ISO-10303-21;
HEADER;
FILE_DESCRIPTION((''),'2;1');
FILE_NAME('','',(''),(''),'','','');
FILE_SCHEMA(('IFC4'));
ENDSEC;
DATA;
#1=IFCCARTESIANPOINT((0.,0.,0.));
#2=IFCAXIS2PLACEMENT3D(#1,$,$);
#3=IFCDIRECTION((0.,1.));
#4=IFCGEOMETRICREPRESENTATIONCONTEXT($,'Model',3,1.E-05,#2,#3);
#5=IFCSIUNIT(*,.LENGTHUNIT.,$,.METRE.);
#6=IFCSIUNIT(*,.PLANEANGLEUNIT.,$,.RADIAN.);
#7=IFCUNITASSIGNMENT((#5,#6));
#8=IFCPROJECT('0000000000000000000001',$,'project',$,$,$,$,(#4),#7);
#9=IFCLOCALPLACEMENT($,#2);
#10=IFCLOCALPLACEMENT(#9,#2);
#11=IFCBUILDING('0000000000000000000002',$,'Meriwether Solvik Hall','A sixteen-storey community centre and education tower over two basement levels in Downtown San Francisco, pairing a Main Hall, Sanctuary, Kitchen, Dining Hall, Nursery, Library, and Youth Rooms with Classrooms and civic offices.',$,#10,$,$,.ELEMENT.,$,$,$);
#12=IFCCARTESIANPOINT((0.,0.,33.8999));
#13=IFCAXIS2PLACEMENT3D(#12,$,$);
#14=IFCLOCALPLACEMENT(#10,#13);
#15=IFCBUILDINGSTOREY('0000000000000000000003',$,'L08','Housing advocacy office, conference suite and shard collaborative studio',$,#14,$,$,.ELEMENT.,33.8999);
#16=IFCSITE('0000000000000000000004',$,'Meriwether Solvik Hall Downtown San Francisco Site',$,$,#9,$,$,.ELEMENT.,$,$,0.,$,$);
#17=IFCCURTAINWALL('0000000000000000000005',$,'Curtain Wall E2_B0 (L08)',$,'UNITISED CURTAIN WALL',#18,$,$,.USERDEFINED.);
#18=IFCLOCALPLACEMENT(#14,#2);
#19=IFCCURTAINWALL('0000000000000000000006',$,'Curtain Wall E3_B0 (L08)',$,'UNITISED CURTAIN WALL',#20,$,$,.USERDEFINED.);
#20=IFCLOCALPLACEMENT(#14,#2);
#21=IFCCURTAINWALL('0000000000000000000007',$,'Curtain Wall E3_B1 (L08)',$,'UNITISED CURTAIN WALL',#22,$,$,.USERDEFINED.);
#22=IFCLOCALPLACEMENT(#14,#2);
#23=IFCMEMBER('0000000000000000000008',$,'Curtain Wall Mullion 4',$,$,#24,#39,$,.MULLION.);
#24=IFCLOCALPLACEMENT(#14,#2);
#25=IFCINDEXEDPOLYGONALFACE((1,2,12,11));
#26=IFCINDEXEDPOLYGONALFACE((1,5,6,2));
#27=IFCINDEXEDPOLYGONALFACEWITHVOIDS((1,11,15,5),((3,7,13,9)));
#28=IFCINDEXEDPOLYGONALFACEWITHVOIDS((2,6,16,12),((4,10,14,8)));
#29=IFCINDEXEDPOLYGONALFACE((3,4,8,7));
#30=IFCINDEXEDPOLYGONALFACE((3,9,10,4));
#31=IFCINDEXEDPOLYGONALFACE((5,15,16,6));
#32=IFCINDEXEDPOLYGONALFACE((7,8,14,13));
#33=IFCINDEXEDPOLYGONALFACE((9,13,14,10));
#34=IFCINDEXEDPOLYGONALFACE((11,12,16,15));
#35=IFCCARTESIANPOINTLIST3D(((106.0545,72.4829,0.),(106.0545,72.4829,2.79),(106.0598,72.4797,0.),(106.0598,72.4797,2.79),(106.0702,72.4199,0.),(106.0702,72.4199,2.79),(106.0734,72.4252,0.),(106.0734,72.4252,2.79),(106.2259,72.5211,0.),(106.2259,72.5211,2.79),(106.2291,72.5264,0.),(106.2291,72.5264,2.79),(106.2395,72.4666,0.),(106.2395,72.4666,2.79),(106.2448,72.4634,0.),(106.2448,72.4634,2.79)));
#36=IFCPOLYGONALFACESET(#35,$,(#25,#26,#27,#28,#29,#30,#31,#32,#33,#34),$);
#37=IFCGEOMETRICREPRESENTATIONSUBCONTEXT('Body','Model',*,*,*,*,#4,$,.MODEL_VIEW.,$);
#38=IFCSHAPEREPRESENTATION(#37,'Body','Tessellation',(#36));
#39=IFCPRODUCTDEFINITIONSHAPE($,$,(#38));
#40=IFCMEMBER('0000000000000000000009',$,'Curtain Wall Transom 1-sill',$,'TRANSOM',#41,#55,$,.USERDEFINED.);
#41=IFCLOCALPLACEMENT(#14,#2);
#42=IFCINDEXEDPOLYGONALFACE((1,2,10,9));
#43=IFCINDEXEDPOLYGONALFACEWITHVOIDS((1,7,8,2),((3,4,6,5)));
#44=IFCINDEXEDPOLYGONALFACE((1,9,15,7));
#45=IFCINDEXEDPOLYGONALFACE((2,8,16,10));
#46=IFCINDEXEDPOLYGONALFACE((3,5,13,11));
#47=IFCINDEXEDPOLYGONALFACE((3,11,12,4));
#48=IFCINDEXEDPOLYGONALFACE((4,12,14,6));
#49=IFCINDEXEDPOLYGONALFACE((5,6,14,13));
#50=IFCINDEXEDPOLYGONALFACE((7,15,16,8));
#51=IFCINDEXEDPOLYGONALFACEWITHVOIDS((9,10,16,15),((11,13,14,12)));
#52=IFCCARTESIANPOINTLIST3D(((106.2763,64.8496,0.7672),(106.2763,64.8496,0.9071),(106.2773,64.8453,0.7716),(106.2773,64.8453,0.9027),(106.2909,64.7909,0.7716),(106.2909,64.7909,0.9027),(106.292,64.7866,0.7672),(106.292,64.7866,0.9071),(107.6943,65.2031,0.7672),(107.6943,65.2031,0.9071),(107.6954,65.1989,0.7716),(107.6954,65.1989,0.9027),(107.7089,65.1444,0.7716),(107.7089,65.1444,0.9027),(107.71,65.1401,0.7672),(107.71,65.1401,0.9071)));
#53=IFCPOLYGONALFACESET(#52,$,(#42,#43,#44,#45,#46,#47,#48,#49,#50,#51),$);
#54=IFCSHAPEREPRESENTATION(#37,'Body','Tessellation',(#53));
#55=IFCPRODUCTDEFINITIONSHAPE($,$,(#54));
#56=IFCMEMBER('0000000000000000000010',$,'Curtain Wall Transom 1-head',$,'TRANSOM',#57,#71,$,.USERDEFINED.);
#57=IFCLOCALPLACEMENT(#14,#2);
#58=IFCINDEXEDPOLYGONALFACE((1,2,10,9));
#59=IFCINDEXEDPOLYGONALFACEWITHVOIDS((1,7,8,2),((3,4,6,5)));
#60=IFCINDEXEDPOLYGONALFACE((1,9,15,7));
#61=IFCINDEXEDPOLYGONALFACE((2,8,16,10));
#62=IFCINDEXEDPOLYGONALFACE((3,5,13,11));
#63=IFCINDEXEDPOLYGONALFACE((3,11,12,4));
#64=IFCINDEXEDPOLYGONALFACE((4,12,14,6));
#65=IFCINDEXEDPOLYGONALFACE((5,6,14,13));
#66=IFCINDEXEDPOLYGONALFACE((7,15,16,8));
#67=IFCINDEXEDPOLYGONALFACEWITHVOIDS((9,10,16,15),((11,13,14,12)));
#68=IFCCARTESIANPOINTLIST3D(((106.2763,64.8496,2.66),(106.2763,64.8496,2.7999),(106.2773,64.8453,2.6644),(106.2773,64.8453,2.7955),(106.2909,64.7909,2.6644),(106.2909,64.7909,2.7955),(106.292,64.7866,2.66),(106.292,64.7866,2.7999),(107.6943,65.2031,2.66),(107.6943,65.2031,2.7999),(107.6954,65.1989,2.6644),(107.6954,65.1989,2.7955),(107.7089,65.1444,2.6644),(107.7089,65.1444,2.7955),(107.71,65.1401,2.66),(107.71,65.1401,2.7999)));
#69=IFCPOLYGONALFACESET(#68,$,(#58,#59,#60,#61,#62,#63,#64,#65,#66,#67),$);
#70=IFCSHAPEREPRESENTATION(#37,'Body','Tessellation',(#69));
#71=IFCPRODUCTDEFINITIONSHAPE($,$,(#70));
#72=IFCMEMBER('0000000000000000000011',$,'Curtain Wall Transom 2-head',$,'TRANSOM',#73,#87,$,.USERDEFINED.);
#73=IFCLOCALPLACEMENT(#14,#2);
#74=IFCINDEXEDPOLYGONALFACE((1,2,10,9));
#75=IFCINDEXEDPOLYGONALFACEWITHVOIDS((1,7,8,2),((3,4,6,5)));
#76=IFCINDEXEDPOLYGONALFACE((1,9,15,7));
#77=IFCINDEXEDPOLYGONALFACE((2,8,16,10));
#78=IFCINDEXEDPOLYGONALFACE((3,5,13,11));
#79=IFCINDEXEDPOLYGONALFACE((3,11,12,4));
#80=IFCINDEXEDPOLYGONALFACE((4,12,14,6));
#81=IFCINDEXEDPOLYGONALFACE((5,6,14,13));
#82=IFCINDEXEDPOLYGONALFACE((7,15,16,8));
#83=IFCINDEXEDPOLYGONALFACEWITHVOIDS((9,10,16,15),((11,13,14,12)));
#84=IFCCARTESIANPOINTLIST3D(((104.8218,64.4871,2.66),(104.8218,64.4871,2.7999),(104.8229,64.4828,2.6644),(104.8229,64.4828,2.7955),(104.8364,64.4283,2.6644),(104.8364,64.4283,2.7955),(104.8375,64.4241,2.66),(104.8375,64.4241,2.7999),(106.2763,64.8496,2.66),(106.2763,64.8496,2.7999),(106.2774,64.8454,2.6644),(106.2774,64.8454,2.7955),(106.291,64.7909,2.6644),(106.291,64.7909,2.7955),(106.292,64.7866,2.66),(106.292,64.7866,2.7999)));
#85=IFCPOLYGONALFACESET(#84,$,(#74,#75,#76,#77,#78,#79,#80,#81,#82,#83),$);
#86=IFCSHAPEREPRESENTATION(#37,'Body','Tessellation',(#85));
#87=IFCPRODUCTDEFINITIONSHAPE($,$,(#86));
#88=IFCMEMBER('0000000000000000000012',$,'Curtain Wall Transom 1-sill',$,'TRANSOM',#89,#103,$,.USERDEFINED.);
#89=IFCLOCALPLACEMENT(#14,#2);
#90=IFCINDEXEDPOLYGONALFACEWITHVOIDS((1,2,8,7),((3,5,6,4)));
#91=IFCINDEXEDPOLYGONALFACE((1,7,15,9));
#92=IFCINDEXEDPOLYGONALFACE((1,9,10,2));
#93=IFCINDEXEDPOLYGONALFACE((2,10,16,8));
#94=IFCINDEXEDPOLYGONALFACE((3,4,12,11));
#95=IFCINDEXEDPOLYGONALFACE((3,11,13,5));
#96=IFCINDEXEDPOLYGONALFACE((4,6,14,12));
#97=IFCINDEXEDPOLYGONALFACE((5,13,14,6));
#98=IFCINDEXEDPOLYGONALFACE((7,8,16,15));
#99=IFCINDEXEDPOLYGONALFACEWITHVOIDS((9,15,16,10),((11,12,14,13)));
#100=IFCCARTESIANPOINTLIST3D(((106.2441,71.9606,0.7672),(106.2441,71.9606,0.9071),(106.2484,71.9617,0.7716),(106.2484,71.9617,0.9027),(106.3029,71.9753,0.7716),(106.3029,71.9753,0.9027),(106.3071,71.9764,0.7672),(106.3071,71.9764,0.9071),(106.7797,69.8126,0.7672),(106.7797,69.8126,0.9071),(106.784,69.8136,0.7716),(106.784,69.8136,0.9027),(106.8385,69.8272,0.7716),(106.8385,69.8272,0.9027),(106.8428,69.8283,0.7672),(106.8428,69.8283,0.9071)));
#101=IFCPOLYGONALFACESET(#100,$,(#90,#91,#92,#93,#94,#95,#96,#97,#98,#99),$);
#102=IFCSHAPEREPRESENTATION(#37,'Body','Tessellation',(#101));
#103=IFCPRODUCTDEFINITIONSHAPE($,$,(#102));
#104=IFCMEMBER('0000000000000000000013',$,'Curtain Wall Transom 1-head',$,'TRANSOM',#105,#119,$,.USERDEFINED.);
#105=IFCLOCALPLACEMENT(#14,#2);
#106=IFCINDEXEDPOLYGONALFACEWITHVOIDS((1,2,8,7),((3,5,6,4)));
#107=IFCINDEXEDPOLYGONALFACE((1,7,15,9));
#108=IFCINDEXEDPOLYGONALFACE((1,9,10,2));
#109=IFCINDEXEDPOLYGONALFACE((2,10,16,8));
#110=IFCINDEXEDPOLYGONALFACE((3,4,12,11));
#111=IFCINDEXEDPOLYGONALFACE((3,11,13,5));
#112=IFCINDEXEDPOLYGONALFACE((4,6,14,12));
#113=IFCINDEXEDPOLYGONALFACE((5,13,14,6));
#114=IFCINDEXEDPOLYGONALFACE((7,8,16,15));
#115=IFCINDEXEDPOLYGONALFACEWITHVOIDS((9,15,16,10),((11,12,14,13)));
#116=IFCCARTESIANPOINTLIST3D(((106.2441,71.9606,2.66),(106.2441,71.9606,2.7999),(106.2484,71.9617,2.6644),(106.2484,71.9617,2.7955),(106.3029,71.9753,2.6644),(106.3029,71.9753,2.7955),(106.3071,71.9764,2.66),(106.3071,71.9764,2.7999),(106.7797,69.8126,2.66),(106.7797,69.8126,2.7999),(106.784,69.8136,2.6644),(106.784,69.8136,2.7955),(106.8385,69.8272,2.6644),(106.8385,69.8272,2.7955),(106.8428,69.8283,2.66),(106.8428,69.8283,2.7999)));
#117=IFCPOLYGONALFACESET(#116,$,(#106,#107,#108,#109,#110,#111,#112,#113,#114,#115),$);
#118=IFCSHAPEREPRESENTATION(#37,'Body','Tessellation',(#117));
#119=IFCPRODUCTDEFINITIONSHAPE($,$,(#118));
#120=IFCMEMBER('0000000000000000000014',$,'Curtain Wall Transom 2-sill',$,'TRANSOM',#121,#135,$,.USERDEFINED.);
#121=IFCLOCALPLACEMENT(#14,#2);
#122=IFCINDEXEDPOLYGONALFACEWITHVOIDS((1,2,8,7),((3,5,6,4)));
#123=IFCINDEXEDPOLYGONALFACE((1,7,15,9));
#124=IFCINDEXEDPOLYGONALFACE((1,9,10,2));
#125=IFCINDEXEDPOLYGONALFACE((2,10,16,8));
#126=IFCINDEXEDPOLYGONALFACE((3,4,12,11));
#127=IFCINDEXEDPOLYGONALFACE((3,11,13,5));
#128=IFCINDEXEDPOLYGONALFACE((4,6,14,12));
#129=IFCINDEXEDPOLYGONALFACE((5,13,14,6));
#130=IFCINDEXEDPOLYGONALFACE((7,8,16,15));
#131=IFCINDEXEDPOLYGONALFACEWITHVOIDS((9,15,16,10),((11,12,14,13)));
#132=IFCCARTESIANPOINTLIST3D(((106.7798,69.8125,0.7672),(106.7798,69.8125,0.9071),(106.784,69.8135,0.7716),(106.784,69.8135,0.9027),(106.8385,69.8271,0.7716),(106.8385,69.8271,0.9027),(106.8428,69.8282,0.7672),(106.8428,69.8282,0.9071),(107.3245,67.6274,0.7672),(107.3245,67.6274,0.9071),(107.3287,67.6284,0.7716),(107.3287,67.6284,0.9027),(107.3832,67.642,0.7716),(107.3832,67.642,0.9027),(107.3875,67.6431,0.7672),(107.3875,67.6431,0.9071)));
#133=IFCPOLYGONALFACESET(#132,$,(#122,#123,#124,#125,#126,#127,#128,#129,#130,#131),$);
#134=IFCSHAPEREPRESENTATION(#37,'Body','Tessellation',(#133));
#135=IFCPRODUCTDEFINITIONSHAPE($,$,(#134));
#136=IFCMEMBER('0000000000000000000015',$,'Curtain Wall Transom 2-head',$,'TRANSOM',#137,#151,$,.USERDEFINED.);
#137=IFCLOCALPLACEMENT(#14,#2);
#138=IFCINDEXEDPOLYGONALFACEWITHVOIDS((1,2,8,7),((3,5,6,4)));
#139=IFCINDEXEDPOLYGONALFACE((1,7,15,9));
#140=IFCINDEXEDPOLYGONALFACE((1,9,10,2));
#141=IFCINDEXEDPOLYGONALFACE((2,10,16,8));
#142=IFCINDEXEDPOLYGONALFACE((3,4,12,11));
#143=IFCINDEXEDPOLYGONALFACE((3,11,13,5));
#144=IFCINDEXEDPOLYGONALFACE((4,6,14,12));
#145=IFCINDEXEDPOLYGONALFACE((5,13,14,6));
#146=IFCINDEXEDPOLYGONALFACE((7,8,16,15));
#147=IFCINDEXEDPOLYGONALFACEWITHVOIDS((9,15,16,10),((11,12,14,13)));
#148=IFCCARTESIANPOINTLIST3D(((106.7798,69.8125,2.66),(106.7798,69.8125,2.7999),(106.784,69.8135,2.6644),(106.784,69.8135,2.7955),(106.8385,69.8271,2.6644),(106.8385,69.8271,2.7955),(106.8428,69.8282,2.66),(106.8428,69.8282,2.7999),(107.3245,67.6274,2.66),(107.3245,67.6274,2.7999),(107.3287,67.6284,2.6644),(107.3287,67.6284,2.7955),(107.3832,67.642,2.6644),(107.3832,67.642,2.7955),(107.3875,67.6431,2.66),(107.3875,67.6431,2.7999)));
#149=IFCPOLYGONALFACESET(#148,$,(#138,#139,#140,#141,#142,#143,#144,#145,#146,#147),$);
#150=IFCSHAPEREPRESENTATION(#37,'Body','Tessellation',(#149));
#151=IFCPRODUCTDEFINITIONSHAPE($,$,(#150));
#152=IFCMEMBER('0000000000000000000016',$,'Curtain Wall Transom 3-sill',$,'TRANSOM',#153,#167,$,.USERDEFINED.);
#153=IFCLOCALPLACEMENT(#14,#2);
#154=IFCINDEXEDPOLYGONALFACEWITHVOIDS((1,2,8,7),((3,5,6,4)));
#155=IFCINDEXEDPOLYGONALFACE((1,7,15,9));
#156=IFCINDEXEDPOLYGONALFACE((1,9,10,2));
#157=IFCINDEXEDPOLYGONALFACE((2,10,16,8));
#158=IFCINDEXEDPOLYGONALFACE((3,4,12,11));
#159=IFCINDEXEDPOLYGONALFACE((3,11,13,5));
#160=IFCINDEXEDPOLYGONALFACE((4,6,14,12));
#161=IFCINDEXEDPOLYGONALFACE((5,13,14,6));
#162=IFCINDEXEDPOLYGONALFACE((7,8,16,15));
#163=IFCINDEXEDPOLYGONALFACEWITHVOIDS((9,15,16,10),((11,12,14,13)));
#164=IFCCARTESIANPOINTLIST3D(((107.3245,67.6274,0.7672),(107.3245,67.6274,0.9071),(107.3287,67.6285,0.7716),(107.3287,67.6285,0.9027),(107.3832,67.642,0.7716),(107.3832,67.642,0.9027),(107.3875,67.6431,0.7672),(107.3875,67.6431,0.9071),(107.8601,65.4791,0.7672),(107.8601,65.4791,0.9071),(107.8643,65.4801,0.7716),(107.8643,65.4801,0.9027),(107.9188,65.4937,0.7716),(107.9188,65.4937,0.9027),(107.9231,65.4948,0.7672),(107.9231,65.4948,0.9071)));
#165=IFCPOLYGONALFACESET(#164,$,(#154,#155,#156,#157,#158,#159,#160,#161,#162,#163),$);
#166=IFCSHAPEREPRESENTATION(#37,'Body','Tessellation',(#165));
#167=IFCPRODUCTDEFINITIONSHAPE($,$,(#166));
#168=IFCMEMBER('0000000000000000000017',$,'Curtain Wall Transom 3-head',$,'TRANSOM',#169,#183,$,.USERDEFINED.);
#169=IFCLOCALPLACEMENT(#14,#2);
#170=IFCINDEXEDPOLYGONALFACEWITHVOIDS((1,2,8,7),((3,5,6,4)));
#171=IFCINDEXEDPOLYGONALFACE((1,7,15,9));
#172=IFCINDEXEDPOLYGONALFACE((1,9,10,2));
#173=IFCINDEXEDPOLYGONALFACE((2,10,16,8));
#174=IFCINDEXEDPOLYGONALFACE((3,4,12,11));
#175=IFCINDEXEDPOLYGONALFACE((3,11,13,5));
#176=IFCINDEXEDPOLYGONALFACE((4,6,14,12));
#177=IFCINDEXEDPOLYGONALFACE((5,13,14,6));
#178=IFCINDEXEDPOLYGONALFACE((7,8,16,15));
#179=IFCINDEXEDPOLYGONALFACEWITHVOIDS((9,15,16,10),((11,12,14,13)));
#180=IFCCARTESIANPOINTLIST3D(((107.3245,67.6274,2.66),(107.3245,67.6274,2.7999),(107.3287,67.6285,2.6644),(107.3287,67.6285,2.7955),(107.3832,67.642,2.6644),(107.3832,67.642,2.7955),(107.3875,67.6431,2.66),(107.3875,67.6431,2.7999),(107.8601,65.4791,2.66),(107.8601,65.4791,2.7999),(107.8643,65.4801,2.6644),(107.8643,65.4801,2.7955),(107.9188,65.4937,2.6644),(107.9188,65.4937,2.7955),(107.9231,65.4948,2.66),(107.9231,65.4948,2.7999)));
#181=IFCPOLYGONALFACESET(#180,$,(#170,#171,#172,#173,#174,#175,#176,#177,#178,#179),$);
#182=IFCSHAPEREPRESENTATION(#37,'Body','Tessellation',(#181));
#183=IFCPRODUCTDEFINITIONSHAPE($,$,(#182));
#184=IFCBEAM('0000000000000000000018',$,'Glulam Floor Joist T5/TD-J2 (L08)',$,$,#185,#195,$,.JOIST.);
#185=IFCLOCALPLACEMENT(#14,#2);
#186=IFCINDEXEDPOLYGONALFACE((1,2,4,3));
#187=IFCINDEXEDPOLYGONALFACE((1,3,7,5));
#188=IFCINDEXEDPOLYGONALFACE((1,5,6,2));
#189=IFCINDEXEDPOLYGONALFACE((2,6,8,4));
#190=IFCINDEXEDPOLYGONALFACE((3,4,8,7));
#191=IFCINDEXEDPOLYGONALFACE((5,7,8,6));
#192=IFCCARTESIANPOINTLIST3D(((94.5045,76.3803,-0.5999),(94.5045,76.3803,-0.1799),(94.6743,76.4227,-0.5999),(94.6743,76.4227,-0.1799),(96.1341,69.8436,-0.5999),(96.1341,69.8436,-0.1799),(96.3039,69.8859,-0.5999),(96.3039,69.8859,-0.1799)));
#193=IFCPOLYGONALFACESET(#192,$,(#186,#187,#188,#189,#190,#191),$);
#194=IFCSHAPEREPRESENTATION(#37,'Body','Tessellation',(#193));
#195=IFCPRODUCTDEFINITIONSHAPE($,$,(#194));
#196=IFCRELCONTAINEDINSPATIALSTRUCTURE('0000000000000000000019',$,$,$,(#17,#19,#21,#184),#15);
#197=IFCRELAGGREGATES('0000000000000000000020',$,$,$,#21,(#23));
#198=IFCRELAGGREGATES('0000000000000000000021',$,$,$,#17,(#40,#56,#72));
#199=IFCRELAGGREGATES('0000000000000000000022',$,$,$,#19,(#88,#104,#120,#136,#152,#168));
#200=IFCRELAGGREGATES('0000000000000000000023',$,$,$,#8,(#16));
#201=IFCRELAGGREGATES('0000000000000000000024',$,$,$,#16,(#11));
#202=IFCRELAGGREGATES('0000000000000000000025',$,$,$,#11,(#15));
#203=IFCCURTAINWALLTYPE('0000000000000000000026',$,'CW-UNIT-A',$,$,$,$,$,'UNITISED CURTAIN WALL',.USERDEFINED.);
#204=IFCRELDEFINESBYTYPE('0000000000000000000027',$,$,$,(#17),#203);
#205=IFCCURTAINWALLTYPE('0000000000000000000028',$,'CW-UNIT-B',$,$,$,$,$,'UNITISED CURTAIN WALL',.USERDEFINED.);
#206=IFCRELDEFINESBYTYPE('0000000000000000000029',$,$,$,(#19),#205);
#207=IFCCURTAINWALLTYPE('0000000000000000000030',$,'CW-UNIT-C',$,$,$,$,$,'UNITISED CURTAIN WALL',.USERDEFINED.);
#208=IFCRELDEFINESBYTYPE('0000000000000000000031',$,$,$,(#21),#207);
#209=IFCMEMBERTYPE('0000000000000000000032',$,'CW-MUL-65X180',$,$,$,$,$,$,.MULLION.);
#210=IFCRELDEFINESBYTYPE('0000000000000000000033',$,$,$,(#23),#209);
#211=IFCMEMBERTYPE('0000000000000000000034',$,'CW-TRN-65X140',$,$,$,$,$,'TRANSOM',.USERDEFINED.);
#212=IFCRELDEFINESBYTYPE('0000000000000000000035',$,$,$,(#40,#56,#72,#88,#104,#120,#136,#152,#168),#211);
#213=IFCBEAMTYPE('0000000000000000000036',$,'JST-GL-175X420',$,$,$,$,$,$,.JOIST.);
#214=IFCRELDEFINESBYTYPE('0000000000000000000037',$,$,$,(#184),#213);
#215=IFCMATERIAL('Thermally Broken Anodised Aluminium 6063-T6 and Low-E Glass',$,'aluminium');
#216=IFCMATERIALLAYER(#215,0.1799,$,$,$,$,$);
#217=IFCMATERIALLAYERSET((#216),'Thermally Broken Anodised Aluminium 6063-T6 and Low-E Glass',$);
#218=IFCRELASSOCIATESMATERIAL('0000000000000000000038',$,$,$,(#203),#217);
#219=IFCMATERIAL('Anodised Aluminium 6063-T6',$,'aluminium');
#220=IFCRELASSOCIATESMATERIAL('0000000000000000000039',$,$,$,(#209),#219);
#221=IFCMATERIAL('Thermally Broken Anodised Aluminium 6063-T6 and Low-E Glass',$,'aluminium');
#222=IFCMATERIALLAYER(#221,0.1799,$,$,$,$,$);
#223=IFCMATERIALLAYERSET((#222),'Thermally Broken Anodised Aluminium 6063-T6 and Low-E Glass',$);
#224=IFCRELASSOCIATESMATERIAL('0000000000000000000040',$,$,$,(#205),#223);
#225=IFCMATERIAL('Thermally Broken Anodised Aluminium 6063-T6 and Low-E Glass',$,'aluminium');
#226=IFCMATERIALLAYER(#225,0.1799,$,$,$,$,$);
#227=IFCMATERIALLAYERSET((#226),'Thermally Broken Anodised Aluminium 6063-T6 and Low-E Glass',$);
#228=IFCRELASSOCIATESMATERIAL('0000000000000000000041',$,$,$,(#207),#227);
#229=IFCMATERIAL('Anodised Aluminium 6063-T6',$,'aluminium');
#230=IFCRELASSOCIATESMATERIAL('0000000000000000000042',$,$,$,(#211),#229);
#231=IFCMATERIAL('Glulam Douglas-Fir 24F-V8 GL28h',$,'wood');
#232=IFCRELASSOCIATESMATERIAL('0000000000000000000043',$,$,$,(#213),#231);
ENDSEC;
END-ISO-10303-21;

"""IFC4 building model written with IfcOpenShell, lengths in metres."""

from ifc_helpers import new_model, si_unit, direction, frame, origin, origin_2d, place, context, subcontext, project, spatial, rectangle, hollow_rectangle, extrude, material, layer, layer_set, material_profile, profile_set, type_object, element, aggregate, save


model = new_model("IFC4")

# Units and contexts
model_context = context("Model", 3, precision=1e-05, world=origin(), true_north=direction((0.0, 1.0)))
body_context = subcontext(model_context, "Body", "Model", "MODEL_VIEW")
ifc_project = project(units=[si_unit("LENGTHUNIT", "METRE"), si_unit("PLANEANGLEUNIT", "RADIAN")], contexts=[model_context])

# Site, building, storey
site_placement = place(None, origin())
site = spatial("IfcSite", under=ifc_project, at=site_placement, Name="Meriwether Solvik Hall Downtown San Francisco Site", CompositionType="ELEMENT", RefElevation=0.0)
building_placement = place(site_placement, origin())
building = spatial("IfcBuilding", under=site, at=building_placement, Name="Meriwether Solvik Hall", Description="A sixteen-storey community centre and education tower over two basement levels in Downtown San Francisco, pairing a Main Hall, Sanctuary, Kitchen, Dining Hall, Nursery, Library, and Youth Rooms with Classrooms and civic offices.", CompositionType="ELEMENT")
storey_placement = place(building_placement, frame((0.0, 0.0, 33.8999)))
storey = spatial("IfcBuildingStorey", under=building, at=storey_placement, Name="L08", Description="Housing advocacy office, conference suite and shard collaborative studio", CompositionType="ELEMENT", Elevation=33.8999)

# Curtain wall
ifc_material_1 = material(Name="Thermally Broken Anodised Aluminium 6063-T6 and Low-E Glass", Category="aluminium")
ifc_layer_1 = layer(ifc_material_1, 0.1799)
ifc_layer_set_1 = layer_set([ifc_layer_1], Name="Thermally Broken Anodised Aluminium 6063-T6 and Low-E Glass")
curtain_wall_type_1 = type_object("IfcCurtainWallType", Name="CW-UNIT-A", ElementType="UNITISED CURTAIN WALL", PredefinedType="USERDEFINED", material=ifc_layer_set_1)
curtain_wall_1_placement = place(storey_placement, origin())
curtain_wall_1 = element("IfcCurtainWall", 1, at=curtain_wall_1_placement, inside=storey, type_object=curtain_wall_type_1, Name="Curtain Wall E2_B0 (L08)", ObjectType="UNITISED CURTAIN WALL", PredefinedType="USERDEFINED")
ifc_material_2 = material(Name="Anodised Aluminium 6063-T6", Category="aluminium")
ifc_material_profile_1 = material_profile(ifc_material_2, hollow_rectangle(XDim=0.0649, YDim=0.1799, WallThickness=0.0044, at=origin_2d()), Name="CWM-65X180")
ifc_profile_set_1 = profile_set([ifc_material_profile_1], Name="Anodised Aluminium 6063-T6")
member_type_1 = type_object("IfcMemberType", Name="CW-MUL-65X180", PredefinedType="MULLION", material=ifc_profile_set_1)

# Curtain wall
ifc_material_3 = material(Name="Thermally Broken Anodised Aluminium 6063-T6 and Low-E Glass", Category="aluminium")
ifc_layer_2 = layer(ifc_material_3, 0.1799)
ifc_layer_set_2 = layer_set([ifc_layer_2], Name="Thermally Broken Anodised Aluminium 6063-T6 and Low-E Glass")
curtain_wall_type_2 = type_object("IfcCurtainWallType", Name="CW-UNIT-B", ElementType="UNITISED CURTAIN WALL", PredefinedType="USERDEFINED", material=ifc_layer_set_2)
curtain_wall_2_placement = place(storey_placement, origin())
curtain_wall_2 = element("IfcCurtainWall", 2, at=curtain_wall_2_placement, inside=storey, type_object=curtain_wall_type_2, Name="Curtain Wall E3_B0 (L08)", ObjectType="UNITISED CURTAIN WALL", PredefinedType="USERDEFINED")

# Curtain wall, member
ifc_material_4 = material(Name="Thermally Broken Anodised Aluminium 6063-T6 and Low-E Glass", Category="aluminium")
ifc_layer_3 = layer(ifc_material_4, 0.1799)
ifc_layer_set_3 = layer_set([ifc_layer_3], Name="Thermally Broken Anodised Aluminium 6063-T6 and Low-E Glass")
curtain_wall_type_3 = type_object("IfcCurtainWallType", Name="CW-UNIT-C", ElementType="UNITISED CURTAIN WALL", PredefinedType="USERDEFINED", material=ifc_layer_set_3)
curtain_wall_3_placement = place(storey_placement, origin())
curtain_wall_3 = element("IfcCurtainWall", 3, at=curtain_wall_3_placement, inside=storey, type_object=curtain_wall_type_3, Name="Curtain Wall E3_B1 (L08)", ObjectType="UNITISED CURTAIN WALL", PredefinedType="USERDEFINED")
member_1_placement = place(storey_placement, frame((106.1497, 72.4731, 0.0), z_axis=(0.0, 0.0, 1.0), x_axis=(0.241922, -0.970296, 0.0)))
member_1 = element("IfcMember", 4, at=member_1_placement, type_object=member_type_1, Name="Curtain Wall Mullion 4", PredefinedType="MULLION", context=body_context, shape_type="SweptSolid", body=[
    extrude(hollow_rectangle(XDim=0.0649, YDim=0.1799, WallThickness=0.0044, at=origin_2d()), origin(), (0.0, 0.0, 1.0), 2.79),
])
aggregate(curtain_wall_3, [member_1])

# Members
ifc_material_5 = material(Name="Anodised Aluminium 6063-T6", Category="aluminium")
ifc_material_profile_2 = material_profile(ifc_material_5, hollow_rectangle(XDim=0.0649, YDim=0.1399, WallThickness=0.0044, at=origin_2d()), Name="CWT-65X140")
ifc_profile_set_2 = profile_set([ifc_material_profile_2], Name="Anodised Aluminium 6063-T6")
member_type_2 = type_object("IfcMemberType", Name="CW-TRN-65X140", ElementType="TRANSOM", PredefinedType="USERDEFINED", material=ifc_profile_set_2)
member_2_placement = place(storey_placement, frame((107.7021, 65.1716, 0.8372), z_axis=(-0.9703, -0.241907, 0.0), x_axis=(0.241907, -0.9703, 0.0)))
member_2 = element("IfcMember", 5, at=member_2_placement, type_object=member_type_2, Name="Curtain Wall Transom 1-sill", ObjectType="TRANSOM", PredefinedType="USERDEFINED", context=body_context, shape_type="SweptSolid", body=[
    extrude(hollow_rectangle(XDim=0.0649, YDim=0.1399, WallThickness=0.0044, at=origin_2d()), origin(), (0.0, 0.0, 1.0), 1.4614),
])
member_3_placement = place(storey_placement, frame((107.7021, 65.1716, 2.73), z_axis=(-0.9703, -0.241907, 0.0), x_axis=(0.241907, -0.9703, 0.0)))
member_3 = element("IfcMember", 6, at=member_3_placement, type_object=member_type_2, Name="Curtain Wall Transom 1-head", ObjectType="TRANSOM", PredefinedType="USERDEFINED", context=body_context, shape_type="SweptSolid", body=[
    extrude(hollow_rectangle(XDim=0.0649, YDim=0.1399, WallThickness=0.0044, at=origin_2d()), origin(), (0.0, 0.0, 1.0), 1.4614),
])
member_4_placement = place(storey_placement, frame((106.2842, 64.8181, 2.73), z_axis=(-0.970315, -0.241846, 0.0), x_axis=(0.241846, -0.970315, 0.0)))
member_4 = element("IfcMember", 7, at=member_4_placement, type_object=member_type_2, Name="Curtain Wall Transom 2-head", ObjectType="TRANSOM", PredefinedType="USERDEFINED", context=body_context, shape_type="SweptSolid", body=[
    extrude(hollow_rectangle(XDim=0.0649, YDim=0.1399, WallThickness=0.0044, at=origin_2d()), origin(), (0.0, 0.0, 1.0), 1.499),
])
member_5_placement = place(storey_placement, frame((106.2756, 71.9685, 0.8372), z_axis=(0.241939, -0.970292, 0.0), x_axis=(0.970292, 0.241939, 0.0)))
member_5 = element("IfcMember", 8, at=member_5_placement, type_object=member_type_2, Name="Curtain Wall Transom 1-sill", ObjectType="TRANSOM", PredefinedType="USERDEFINED", context=body_context, shape_type="SweptSolid", body=[
    extrude(hollow_rectangle(XDim=0.0649, YDim=0.1399, WallThickness=0.0044, at=origin_2d()), origin(), (0.0, 0.0, 1.0), 2.2139),
])
member_6_placement = place(storey_placement, frame((106.2756, 71.9685, 2.73), z_axis=(0.241939, -0.970292, 0.0), x_axis=(0.970292, 0.241939, 0.0)))
member_6 = element("IfcMember", 9, at=member_6_placement, type_object=member_type_2, Name="Curtain Wall Transom 1-head", ObjectType="TRANSOM", PredefinedType="USERDEFINED", context=body_context, shape_type="SweptSolid", body=[
    extrude(hollow_rectangle(XDim=0.0649, YDim=0.1399, WallThickness=0.0044, at=origin_2d()), origin(), (0.0, 0.0, 1.0), 2.2139),
])
member_7_placement = place(storey_placement, frame((106.8113, 69.8203, 0.8372), z_axis=(0.241872, -0.970308, 0.0), x_axis=(0.970308, 0.241872, 0.0)))
member_7 = element("IfcMember", 10, at=member_7_placement, type_object=member_type_2, Name="Curtain Wall Transom 2-sill", ObjectType="TRANSOM", PredefinedType="USERDEFINED", context=body_context, shape_type="SweptSolid", body=[
    extrude(hollow_rectangle(XDim=0.0649, YDim=0.1399, WallThickness=0.0044, at=origin_2d()), origin(), (0.0, 0.0, 1.0), 2.252),
])
member_8_placement = place(storey_placement, frame((106.8113, 69.8203, 2.73), z_axis=(0.241872, -0.970308, 0.0), x_axis=(0.970308, 0.241872, 0.0)))
member_8 = element("IfcMember", 11, at=member_8_placement, type_object=member_type_2, Name="Curtain Wall Transom 2-head", ObjectType="TRANSOM", PredefinedType="USERDEFINED", context=body_context, shape_type="SweptSolid", body=[
    extrude(hollow_rectangle(XDim=0.0649, YDim=0.1399, WallThickness=0.0044, at=origin_2d()), origin(), (0.0, 0.0, 1.0), 2.252),
])
member_9_placement = place(storey_placement, frame((107.356, 67.6353, 0.8372), z_axis=(0.241913, -0.970298, 0.0), x_axis=(0.970298, 0.241913, 0.0)))
member_9 = element("IfcMember", 12, at=member_9_placement, type_object=member_type_2, Name="Curtain Wall Transom 3-sill", ObjectType="TRANSOM", PredefinedType="USERDEFINED", context=body_context, shape_type="SweptSolid", body=[
    extrude(hollow_rectangle(XDim=0.0649, YDim=0.1399, WallThickness=0.0044, at=origin_2d()), origin(), (0.0, 0.0, 1.0), 2.2141),
])
member_10_placement = place(storey_placement, frame((107.356, 67.6353, 2.73), z_axis=(0.241913, -0.970298, 0.0), x_axis=(0.970298, 0.241913, 0.0)))
member_10 = element("IfcMember", 13, at=member_10_placement, type_object=member_type_2, Name="Curtain Wall Transom 3-head", ObjectType="TRANSOM", PredefinedType="USERDEFINED", context=body_context, shape_type="SweptSolid", body=[
    extrude(hollow_rectangle(XDim=0.0649, YDim=0.1399, WallThickness=0.0044, at=origin_2d()), origin(), (0.0, 0.0, 1.0), 2.2141),
])

# Beam
ifc_material_6 = material(Name="Glulam Douglas-Fir 24F-V8 GL28h", Category="wood")
ifc_material_profile_3 = material_profile(ifc_material_6, rectangle(XDim=0.175, YDim=0.4199, at=origin_2d()), Name="GLJ-175X420")
ifc_profile_set_3 = profile_set([ifc_material_profile_3], Name="Glulam Douglas-Fir 24F-V8 GL28h")
beam_type_1 = type_object("IfcBeamType", Name="JST-GL-175X420", PredefinedType="JOIST", material=ifc_profile_set_3)
beam_1_placement = place(storey_placement, frame((96.219, 69.8647, -0.3899), z_axis=(-0.241896, 0.970302, 0.0), x_axis=(-0.970302, -0.241896, 0.0)))
element("IfcBeam", 14, at=beam_1_placement, inside=storey, type_object=beam_type_1, Name="Glulam Floor Joist T5/TD-J2 (L08)", PredefinedType="JOIST", context=body_context, shape_type="SweptSolid", body=[
    extrude(rectangle(XDim=0.175, YDim=0.4199, at=origin_2d()), origin(), (0.0, 0.0, 1.0), 6.7368),
])

aggregate(curtain_wall_1, [member_2, member_3, member_4])
aggregate(curtain_wall_2, [member_5, member_6, member_7, member_8, member_9, member_10])

save(model, "model.ifc")
